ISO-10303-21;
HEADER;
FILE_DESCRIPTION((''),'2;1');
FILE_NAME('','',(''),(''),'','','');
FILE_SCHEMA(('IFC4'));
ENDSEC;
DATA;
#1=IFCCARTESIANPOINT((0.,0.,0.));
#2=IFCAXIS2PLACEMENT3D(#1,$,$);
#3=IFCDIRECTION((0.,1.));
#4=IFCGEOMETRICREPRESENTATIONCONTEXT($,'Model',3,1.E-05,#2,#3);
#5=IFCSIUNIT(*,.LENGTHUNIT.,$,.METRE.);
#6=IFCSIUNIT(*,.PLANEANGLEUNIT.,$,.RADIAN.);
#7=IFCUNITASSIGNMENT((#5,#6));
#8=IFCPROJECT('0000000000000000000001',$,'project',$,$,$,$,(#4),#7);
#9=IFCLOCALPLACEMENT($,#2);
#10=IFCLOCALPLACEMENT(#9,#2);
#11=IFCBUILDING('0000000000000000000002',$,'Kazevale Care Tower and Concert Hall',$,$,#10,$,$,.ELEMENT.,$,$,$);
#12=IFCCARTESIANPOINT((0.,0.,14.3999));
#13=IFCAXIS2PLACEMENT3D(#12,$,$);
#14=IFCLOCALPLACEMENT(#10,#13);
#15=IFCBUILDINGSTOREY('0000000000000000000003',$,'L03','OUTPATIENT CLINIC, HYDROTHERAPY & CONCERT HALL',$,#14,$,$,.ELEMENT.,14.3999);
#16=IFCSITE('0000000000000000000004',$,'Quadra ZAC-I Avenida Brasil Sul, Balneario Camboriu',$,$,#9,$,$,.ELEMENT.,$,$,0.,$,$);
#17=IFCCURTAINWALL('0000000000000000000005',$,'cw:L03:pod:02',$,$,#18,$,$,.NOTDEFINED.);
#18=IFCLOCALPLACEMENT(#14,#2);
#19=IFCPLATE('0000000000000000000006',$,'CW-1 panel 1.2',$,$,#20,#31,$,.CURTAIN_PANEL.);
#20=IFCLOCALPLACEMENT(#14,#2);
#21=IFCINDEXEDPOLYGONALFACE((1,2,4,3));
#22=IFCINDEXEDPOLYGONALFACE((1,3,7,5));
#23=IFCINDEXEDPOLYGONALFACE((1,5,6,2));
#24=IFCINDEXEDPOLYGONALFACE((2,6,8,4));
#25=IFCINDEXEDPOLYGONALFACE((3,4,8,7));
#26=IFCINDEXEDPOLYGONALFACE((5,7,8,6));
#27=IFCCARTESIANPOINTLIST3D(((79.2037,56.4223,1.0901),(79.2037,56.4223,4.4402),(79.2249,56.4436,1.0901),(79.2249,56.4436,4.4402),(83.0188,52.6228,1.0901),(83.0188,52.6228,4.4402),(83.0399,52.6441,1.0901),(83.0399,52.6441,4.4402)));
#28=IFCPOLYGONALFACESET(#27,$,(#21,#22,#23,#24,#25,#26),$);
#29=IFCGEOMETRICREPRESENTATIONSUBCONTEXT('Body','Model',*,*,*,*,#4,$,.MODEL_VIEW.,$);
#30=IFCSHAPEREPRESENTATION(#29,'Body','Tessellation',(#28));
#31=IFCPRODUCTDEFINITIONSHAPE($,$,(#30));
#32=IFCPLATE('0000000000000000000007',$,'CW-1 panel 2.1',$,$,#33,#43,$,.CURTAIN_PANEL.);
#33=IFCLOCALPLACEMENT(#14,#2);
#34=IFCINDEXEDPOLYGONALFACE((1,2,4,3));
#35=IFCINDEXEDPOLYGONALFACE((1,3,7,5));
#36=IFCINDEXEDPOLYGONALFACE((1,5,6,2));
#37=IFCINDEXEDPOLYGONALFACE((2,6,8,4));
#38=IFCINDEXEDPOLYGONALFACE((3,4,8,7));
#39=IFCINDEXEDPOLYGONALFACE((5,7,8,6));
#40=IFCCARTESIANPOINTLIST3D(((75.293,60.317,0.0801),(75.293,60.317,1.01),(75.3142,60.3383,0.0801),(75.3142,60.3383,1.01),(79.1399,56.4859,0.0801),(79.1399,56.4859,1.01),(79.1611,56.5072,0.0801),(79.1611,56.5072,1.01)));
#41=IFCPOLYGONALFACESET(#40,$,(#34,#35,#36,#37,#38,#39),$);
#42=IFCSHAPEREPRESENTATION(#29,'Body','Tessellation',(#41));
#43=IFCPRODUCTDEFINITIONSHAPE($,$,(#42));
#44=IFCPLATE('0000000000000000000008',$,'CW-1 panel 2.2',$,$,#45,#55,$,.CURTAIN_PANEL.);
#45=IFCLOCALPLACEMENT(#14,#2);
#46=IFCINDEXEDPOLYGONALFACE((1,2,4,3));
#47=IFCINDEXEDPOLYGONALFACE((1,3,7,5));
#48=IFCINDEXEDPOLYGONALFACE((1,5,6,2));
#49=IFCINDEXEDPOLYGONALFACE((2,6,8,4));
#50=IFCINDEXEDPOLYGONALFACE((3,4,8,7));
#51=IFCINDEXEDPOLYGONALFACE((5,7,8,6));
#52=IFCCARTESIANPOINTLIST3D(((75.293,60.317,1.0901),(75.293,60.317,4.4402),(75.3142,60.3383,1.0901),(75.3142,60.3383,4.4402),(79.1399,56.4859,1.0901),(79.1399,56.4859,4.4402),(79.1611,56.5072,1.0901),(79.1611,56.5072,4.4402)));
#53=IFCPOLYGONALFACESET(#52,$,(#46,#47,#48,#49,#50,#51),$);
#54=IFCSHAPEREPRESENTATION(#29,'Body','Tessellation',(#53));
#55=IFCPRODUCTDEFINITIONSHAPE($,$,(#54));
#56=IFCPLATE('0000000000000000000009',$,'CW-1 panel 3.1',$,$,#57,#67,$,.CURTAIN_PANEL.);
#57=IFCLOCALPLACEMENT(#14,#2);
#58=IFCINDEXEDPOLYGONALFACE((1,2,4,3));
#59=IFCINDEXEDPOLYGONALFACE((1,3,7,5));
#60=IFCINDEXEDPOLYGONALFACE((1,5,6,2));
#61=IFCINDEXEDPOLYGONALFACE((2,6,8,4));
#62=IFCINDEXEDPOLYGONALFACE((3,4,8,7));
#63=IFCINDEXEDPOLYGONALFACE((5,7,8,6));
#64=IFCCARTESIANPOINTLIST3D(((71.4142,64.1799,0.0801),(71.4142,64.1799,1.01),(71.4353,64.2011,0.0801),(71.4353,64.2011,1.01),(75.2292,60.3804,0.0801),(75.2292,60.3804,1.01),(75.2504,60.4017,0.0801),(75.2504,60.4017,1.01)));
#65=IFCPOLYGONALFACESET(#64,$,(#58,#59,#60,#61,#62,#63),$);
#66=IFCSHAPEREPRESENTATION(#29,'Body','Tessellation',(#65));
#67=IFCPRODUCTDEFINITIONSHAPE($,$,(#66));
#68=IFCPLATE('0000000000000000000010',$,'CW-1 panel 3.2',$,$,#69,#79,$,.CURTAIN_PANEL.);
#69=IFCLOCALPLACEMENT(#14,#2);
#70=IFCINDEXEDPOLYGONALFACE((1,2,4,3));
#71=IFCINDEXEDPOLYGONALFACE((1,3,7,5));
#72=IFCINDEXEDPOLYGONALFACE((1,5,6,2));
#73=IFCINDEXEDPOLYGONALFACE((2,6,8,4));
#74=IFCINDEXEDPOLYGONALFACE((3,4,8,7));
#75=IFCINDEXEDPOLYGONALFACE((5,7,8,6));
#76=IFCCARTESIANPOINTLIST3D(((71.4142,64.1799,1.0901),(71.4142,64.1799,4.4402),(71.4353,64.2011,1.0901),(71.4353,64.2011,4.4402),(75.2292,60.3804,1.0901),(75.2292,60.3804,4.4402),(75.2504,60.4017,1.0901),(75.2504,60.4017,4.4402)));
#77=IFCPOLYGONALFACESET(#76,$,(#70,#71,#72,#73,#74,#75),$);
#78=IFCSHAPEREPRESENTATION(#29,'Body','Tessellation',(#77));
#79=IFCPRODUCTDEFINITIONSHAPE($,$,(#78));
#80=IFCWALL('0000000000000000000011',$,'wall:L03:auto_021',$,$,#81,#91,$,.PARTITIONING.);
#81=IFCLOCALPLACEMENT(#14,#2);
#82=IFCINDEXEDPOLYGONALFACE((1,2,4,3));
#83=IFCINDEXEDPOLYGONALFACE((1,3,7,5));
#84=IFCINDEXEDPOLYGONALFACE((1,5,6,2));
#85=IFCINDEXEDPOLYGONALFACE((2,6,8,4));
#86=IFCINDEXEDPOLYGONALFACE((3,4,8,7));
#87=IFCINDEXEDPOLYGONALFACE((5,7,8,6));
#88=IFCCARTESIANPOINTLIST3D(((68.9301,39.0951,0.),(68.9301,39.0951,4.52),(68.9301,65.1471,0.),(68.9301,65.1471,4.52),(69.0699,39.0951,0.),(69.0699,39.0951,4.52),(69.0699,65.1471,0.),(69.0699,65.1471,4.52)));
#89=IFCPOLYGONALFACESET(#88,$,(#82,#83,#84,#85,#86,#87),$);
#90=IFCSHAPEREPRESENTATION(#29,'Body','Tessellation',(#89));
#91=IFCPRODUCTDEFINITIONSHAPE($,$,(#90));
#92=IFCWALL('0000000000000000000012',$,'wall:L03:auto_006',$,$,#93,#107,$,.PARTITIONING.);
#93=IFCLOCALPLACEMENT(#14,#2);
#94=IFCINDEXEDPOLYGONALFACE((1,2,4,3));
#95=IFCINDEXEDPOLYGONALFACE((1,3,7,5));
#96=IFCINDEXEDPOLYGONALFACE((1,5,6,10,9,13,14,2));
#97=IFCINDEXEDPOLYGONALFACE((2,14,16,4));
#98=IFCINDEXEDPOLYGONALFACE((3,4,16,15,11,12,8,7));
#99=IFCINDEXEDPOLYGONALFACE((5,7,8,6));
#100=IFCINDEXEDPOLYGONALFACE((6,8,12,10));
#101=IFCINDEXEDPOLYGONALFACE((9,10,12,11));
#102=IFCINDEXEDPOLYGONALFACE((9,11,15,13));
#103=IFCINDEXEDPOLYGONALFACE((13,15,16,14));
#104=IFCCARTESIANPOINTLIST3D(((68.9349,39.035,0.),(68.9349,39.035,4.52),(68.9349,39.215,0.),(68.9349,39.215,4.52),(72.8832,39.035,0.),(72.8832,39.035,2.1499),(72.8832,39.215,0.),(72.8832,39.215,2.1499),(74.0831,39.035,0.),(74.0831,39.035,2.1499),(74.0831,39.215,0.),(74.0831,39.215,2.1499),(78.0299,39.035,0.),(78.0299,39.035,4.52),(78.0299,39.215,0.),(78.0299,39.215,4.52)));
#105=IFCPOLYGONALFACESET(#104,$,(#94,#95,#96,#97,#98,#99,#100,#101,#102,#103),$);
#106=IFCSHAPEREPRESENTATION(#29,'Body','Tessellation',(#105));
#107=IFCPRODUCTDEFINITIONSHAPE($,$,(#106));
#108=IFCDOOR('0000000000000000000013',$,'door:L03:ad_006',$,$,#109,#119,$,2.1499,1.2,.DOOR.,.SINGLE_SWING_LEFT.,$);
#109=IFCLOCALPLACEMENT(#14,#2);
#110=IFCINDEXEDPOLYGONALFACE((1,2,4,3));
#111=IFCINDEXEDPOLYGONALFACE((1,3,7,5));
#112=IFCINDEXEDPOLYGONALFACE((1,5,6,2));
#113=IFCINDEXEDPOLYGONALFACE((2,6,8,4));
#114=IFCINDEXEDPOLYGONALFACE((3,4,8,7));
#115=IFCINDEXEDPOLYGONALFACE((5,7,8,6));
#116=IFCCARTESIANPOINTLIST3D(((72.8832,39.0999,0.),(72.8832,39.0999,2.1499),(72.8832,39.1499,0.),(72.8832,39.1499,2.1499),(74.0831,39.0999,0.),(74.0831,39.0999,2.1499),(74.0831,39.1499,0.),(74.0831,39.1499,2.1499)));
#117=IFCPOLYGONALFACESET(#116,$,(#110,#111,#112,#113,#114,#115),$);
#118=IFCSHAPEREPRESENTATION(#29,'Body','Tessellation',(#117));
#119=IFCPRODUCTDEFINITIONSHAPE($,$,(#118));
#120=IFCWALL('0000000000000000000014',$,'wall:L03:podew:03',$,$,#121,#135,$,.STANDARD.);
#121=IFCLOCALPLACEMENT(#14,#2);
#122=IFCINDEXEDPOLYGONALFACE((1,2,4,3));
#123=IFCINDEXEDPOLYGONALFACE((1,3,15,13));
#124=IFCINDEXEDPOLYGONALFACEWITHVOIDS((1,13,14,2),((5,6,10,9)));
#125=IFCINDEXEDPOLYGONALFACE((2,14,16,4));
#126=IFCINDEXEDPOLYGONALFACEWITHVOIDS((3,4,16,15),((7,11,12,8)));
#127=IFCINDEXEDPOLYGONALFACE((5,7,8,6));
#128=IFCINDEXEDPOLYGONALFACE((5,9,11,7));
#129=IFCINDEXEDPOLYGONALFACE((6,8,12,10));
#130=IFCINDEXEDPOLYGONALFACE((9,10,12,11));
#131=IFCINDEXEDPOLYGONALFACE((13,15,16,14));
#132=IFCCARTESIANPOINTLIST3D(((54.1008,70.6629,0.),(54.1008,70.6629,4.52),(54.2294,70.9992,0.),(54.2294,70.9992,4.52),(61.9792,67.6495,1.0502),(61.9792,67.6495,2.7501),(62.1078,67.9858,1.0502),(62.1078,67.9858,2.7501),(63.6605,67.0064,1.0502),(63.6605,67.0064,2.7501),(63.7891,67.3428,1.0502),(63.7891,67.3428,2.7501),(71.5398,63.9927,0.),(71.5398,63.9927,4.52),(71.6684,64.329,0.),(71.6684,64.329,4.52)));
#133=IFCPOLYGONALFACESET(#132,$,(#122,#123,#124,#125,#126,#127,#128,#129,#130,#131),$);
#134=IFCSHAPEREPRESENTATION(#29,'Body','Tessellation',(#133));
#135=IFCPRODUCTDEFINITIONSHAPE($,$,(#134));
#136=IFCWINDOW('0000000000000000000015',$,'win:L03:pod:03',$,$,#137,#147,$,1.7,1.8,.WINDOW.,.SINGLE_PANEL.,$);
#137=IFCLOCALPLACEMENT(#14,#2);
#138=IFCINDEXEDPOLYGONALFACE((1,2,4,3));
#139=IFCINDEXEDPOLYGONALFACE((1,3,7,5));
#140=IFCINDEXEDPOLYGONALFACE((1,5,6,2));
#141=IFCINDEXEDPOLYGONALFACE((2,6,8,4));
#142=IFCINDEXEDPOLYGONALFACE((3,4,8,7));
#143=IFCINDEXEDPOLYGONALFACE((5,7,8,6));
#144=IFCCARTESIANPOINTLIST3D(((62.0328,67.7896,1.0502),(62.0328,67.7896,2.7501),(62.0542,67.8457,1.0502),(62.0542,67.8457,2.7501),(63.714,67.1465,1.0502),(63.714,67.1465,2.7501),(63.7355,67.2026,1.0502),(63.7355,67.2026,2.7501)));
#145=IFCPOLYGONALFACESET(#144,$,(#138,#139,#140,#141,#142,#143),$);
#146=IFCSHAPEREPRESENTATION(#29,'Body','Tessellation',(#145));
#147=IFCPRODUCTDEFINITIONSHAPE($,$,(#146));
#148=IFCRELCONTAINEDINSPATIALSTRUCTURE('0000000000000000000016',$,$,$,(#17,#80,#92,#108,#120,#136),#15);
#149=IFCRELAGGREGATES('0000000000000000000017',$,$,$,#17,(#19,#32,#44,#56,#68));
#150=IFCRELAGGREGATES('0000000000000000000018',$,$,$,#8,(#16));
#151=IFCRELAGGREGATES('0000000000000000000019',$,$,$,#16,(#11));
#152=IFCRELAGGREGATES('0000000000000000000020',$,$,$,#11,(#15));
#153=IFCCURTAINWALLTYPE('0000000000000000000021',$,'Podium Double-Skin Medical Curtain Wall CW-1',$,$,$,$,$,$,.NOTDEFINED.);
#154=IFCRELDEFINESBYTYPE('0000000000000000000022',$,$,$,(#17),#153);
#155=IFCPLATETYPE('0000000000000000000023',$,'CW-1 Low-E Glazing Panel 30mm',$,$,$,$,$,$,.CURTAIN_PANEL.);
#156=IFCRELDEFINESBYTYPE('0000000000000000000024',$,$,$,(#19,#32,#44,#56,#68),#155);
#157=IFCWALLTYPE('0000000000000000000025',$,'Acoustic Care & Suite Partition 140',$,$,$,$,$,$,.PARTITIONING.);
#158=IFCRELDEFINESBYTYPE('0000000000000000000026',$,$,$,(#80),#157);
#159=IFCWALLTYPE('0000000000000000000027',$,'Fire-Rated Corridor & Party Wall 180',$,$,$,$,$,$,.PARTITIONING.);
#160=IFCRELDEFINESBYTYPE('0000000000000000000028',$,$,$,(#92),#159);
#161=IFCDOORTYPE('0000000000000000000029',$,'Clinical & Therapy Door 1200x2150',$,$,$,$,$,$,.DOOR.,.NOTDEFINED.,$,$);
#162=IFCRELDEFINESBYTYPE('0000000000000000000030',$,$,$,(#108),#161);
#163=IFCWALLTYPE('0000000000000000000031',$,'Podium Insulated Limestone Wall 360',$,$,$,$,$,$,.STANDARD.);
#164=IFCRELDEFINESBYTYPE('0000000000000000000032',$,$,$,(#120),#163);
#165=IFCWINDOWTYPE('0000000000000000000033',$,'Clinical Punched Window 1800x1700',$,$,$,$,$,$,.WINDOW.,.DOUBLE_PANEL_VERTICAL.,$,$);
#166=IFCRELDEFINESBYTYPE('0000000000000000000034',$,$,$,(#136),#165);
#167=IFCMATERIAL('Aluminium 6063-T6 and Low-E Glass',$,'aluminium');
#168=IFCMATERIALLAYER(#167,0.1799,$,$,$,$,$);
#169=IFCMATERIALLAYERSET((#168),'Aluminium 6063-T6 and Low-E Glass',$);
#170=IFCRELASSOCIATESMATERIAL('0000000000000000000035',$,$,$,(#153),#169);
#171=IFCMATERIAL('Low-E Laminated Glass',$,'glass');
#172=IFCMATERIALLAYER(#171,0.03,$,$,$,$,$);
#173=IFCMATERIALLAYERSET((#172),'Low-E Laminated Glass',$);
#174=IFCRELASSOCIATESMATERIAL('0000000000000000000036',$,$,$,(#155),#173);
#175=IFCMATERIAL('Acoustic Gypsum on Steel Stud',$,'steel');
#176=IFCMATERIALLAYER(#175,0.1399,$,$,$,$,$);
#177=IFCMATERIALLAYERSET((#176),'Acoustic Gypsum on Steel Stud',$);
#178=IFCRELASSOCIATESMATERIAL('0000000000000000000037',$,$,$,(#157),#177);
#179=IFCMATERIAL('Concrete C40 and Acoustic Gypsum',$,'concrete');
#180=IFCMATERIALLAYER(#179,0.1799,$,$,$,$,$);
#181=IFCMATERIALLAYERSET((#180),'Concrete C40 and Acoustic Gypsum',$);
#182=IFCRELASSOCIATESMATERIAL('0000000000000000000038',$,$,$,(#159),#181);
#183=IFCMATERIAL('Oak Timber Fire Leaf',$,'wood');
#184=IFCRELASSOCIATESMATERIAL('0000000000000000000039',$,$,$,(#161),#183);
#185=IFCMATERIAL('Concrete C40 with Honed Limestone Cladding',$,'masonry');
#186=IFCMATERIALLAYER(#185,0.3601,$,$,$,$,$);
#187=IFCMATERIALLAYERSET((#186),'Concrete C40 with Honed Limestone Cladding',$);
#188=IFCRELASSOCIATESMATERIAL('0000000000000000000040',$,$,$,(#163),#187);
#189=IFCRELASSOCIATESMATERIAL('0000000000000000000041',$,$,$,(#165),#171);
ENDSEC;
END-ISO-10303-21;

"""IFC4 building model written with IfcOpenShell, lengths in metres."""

from ifc_helpers import new_model, si_unit, direction, frame, frame_2d, origin, origin_2d, place, context, subcontext, project, spatial, rectangle, extrude, material, layer, layer_set, type_object, element, fill, aggregate, save


model = new_model("IFC4")

# Units and contexts
model_context = context("Model", 3, precision=1e-05, world=origin(), true_north=direction((0.0, 1.0)))
body_context = subcontext(model_context, "Body", "Model", "MODEL_VIEW")
ifc_project = project(units=[si_unit("LENGTHUNIT", "METRE"), si_unit("PLANEANGLEUNIT", "RADIAN")], contexts=[model_context])

# Site, building, storey
site_placement = place(None, origin())
site = spatial("IfcSite", under=ifc_project, at=site_placement, Name="Quadra ZAC-I Avenida Brasil Sul, Balneario Camboriu", CompositionType="ELEMENT", RefElevation=0.0)
building_placement = place(site_placement, origin())
building = spatial("IfcBuilding", under=site, at=building_placement, Name="Kazevale Care Tower and Concert Hall", CompositionType="ELEMENT")
storey_placement = place(building_placement, frame((0.0, 0.0, 14.3999)))
storey = spatial("IfcBuildingStorey", under=building, at=storey_placement, Name="L03", Description="OUTPATIENT CLINIC, HYDROTHERAPY & CONCERT HALL", CompositionType="ELEMENT", Elevation=14.3999)

# Curtain wall
ifc_material_1 = material(Name="Aluminium 6063-T6 and Low-E Glass", Category="aluminium")
ifc_layer_1 = layer(ifc_material_1, 0.1799)
ifc_layer_set_1 = layer_set([ifc_layer_1], Name="Aluminium 6063-T6 and Low-E Glass")
curtain_wall_type = type_object("IfcCurtainWallType", Name="Podium Double-Skin Medical Curtain Wall CW-1", PredefinedType="NOTDEFINED", material=ifc_layer_set_1)
curtain_wall_placement = place(storey_placement, origin())
curtain_wall = element("IfcCurtainWall", 1, at=curtain_wall_placement, inside=storey, type_object=curtain_wall_type, Name="cw:L03:pod:02", PredefinedType="NOTDEFINED")

# Plates
ifc_material_2 = material(Name="Low-E Laminated Glass", Category="glass")
ifc_layer_2 = layer(ifc_material_2, 0.03)
ifc_layer_set_2 = layer_set([ifc_layer_2], Name="Low-E Laminated Glass")
plate_type = type_object("IfcPlateType", Name="CW-1 Low-E Glazing Panel 30mm", PredefinedType="CURTAIN_PANEL", material=ifc_layer_set_2)
plate_1_placement = place(storey_placement, frame((81.1218, 54.5332, 1.0901), z_axis=(0.0, 0.0, 1.0), x_axis=(-0.708555, 0.705656, 0.0)))
plate_1 = element("IfcPlate", 2, at=plate_1_placement, type_object=plate_type, Name="CW-1 panel 1.2", PredefinedType="CURTAIN_PANEL", context=body_context, shape_type="SweptSolid", body=[
    extrude(rectangle(XDim=5.3843, YDim=0.03, at=origin_2d()), origin(), (0.0, 0.0, 1.0), 3.3501),
])
plate_2_placement = place(storey_placement, frame((77.2271, 58.4121, 0.0801), z_axis=(0.0, 0.0, 1.0), x_axis=(-0.708555, 0.705656, 0.0)))
plate_2 = element("IfcPlate", 3, at=plate_2_placement, type_object=plate_type, Name="CW-1 panel 2.1", PredefinedType="CURTAIN_PANEL", context=body_context, shape_type="SweptSolid", body=[
    extrude(rectangle(XDim=5.4292, YDim=0.03, at=origin_2d()), origin(), (0.0, 0.0, 1.0), 0.9299),
])
plate_3_placement = place(storey_placement, frame((77.2271, 58.4121, 1.0901), z_axis=(0.0, 0.0, 1.0), x_axis=(-0.708555, 0.705656, 0.0)))
plate_3 = element("IfcPlate", 4, at=plate_3_placement, type_object=plate_type, Name="CW-1 panel 2.2", PredefinedType="CURTAIN_PANEL", context=body_context, shape_type="SweptSolid", body=[
    extrude(rectangle(XDim=5.4292, YDim=0.03, at=origin_2d()), origin(), (0.0, 0.0, 1.0), 3.3501),
])
plate_4_placement = place(storey_placement, frame((73.3323, 62.2908, 0.0801), z_axis=(0.0, 0.0, 1.0), x_axis=(-0.708555, 0.705656, 0.0)))
plate_4 = element("IfcPlate", 5, at=plate_4_placement, type_object=plate_type, Name="CW-1 panel 3.1", PredefinedType="CURTAIN_PANEL", context=body_context, shape_type="SweptSolid", body=[
    extrude(rectangle(XDim=5.3843, YDim=0.03, at=origin_2d()), origin(), (0.0, 0.0, 1.0), 0.9299),
])
plate_5_placement = place(storey_placement, frame((73.3323, 62.2908, 1.0901), z_axis=(0.0, 0.0, 1.0), x_axis=(-0.708555, 0.705656, 0.0)))
plate_5 = element("IfcPlate", 6, at=plate_5_placement, type_object=plate_type, Name="CW-1 panel 3.2", PredefinedType="CURTAIN_PANEL", context=body_context, shape_type="SweptSolid", body=[
    extrude(rectangle(XDim=5.3843, YDim=0.03, at=origin_2d()), origin(), (0.0, 0.0, 1.0), 3.3501),
])
aggregate(curtain_wall, [plate_1, plate_2, plate_3, plate_4, plate_5])

# Wall
ifc_material_3 = material(Name="Acoustic Gypsum on Steel Stud", Category="steel")
ifc_layer_3 = layer(ifc_material_3, 0.1399)
ifc_layer_set_3 = layer_set([ifc_layer_3], Name="Acoustic Gypsum on Steel Stud")
wall_type_1 = type_object("IfcWallType", Name="Acoustic Care & Suite Partition 140", PredefinedType="PARTITIONING", material=ifc_layer_set_3)
wall_1_placement = place(storey_placement, frame((69.0, 65.147, 0.0), z_axis=(0.0, 0.0, 1.0), x_axis=(0.0, -1.0, 0.0)))
element("IfcWall", 7, at=wall_1_placement, inside=storey, type_object=wall_type_1, Name="wall:L03:auto_021", PredefinedType="PARTITIONING", context=body_context, shape_type="SweptSolid", body=[
    extrude(rectangle(XDim=26.052, YDim=0.1399, at=frame_2d((13.0259, 0.0))), origin(), (0.0, 0.0, 1.0), 4.52),
])

# Wall, opening, door
ifc_material_4 = material(Name="Concrete C40 and Acoustic Gypsum", Category="concrete")
ifc_layer_4 = layer(ifc_material_4, 0.1799)
ifc_layer_set_4 = layer_set([ifc_layer_4], Name="Concrete C40 and Acoustic Gypsum")
wall_type_2 = type_object("IfcWallType", Name="Fire-Rated Corridor & Party Wall 180", PredefinedType="PARTITIONING", material=ifc_layer_set_4)
wall_2_placement = place(storey_placement, frame((68.9351, 39.125, 0.0), z_axis=(0.0, 0.0, 1.0), x_axis=(1.0, 0.0, 0.0)))
wall_2 = element("IfcWall", 8, at=wall_2_placement, inside=storey, type_object=wall_type_2, Name="wall:L03:auto_006", PredefinedType="PARTITIONING", context=body_context, shape_type="SweptSolid", body=[
    extrude(rectangle(XDim=9.095, YDim=0.1799, at=frame_2d((4.5474, 0.0))), origin(), (0.0, 0.0, 1.0), 4.52),
])
opening_1_placement = place(wall_2_placement, frame((3.948, 0.0, 0.0)))
opening_1 = element("IfcOpeningElement", 9, at=opening_1_placement, cuts=wall_2, PredefinedType="OPENING", context=body_context, shape_type="SweptSolid", body=[
    extrude(rectangle(XDim=1.2, YDim=2.1499, at=frame_2d((0.6001, 1.075))), frame((0.0, 0.0999, 0.0), z_axis=(0.0, -1.0, 0.0), x_axis=(1.0, 0.0, 0.0)), (0.0, 0.0, 1.0), 0.2),
])
ifc_material_5 = material(Name="Oak Timber Fire Leaf", Category="wood")
door_type = type_object("IfcDoorType", Name="Clinical & Therapy Door 1200x2150", OperationType="NOTDEFINED", PredefinedType="DOOR", material=ifc_material_5)
door_placement = place(opening_1_placement, origin())
door = element("IfcDoor", 10, at=door_placement, inside=storey, type_object=door_type, Name="door:L03:ad_006", OperationType="SINGLE_SWING_LEFT", OverallHeight=2.1499, OverallWidth=1.2, PredefinedType="DOOR", context=body_context, shape_type="SweptSolid", body=[
    extrude(rectangle(XDim=1.2, YDim=2.1499, at=frame_2d((0.6001, 1.075))), frame((0.0, 0.0249, 0.0), z_axis=(0.0, -1.0, 0.0), x_axis=(1.0, 0.0, 0.0)), (0.0, 0.0, 1.0), 0.05),
])
fill(opening_1, door)

# Wall, opening, window
ifc_material_6 = material(Name="Concrete C40 with Honed Limestone Cladding", Category="masonry")
ifc_layer_5 = layer(ifc_material_6, 0.3601)
ifc_layer_set_5 = layer_set([ifc_layer_5], Name="Concrete C40 with Honed Limestone Cladding")
wall_type_3 = type_object("IfcWallType", Name="Podium Insulated Limestone Wall 360", PredefinedType="STANDARD", material=ifc_layer_set_5)
wall_3_placement = place(storey_placement, frame((71.604, 64.1609, 0.0), z_axis=(0.0, 0.0, 1.0), x_axis=(-0.93401, 0.357246, 0.0)))
wall_3 = element("IfcWall", 11, at=wall_3_placement, inside=storey, type_object=wall_type_3, Name="wall:L03:podew:03", PredefinedType="STANDARD", context=body_context, shape_type="SweptSolid", body=[
    extrude(rectangle(XDim=18.6711, YDim=0.3601, at=frame_2d((9.3354, 0.0))), origin(), (0.0, 0.0, 1.0), 4.52),
])
opening_2_placement = place(wall_3_placement, frame((8.436, 0.0, 1.05)))
opening_2 = element("IfcOpeningElement", 12, at=opening_2_placement, cuts=wall_3, PredefinedType="OPENING", context=body_context, shape_type="SweptSolid", body=[
    extrude(rectangle(XDim=1.8, YDim=1.7, at=frame_2d((0.8999, 0.8501))), frame((0.0, 0.1899, 0.0), z_axis=(0.0, -1.0, 0.0), x_axis=(1.0, 0.0, 0.0)), (0.0, 0.0, 1.0), 0.3801),
])
window_type = type_object("IfcWindowType", Name="Clinical Punched Window 1800x1700", PartitioningType="DOUBLE_PANEL_VERTICAL", PredefinedType="WINDOW", material=ifc_material_2)
window_placement = place(opening_2_placement, origin())
window = element("IfcWindow", 13, at=window_placement, inside=storey, type_object=window_type, Name="win:L03:pod:03", OverallHeight=1.7, OverallWidth=1.8, PartitioningType="SINGLE_PANEL", PredefinedType="WINDOW", context=body_context, shape_type="SweptSolid", body=[
    extrude(rectangle(XDim=1.8, YDim=1.7, at=frame_2d((0.8999, 0.8501))), frame((0.0, 0.03, 0.0), z_axis=(0.0, -1.0, 0.0), x_axis=(1.0, 0.0, 0.0)), (0.0, 0.0, 1.0), 0.0601),
])
fill(opening_2, window)

save(model, "model.ifc")
